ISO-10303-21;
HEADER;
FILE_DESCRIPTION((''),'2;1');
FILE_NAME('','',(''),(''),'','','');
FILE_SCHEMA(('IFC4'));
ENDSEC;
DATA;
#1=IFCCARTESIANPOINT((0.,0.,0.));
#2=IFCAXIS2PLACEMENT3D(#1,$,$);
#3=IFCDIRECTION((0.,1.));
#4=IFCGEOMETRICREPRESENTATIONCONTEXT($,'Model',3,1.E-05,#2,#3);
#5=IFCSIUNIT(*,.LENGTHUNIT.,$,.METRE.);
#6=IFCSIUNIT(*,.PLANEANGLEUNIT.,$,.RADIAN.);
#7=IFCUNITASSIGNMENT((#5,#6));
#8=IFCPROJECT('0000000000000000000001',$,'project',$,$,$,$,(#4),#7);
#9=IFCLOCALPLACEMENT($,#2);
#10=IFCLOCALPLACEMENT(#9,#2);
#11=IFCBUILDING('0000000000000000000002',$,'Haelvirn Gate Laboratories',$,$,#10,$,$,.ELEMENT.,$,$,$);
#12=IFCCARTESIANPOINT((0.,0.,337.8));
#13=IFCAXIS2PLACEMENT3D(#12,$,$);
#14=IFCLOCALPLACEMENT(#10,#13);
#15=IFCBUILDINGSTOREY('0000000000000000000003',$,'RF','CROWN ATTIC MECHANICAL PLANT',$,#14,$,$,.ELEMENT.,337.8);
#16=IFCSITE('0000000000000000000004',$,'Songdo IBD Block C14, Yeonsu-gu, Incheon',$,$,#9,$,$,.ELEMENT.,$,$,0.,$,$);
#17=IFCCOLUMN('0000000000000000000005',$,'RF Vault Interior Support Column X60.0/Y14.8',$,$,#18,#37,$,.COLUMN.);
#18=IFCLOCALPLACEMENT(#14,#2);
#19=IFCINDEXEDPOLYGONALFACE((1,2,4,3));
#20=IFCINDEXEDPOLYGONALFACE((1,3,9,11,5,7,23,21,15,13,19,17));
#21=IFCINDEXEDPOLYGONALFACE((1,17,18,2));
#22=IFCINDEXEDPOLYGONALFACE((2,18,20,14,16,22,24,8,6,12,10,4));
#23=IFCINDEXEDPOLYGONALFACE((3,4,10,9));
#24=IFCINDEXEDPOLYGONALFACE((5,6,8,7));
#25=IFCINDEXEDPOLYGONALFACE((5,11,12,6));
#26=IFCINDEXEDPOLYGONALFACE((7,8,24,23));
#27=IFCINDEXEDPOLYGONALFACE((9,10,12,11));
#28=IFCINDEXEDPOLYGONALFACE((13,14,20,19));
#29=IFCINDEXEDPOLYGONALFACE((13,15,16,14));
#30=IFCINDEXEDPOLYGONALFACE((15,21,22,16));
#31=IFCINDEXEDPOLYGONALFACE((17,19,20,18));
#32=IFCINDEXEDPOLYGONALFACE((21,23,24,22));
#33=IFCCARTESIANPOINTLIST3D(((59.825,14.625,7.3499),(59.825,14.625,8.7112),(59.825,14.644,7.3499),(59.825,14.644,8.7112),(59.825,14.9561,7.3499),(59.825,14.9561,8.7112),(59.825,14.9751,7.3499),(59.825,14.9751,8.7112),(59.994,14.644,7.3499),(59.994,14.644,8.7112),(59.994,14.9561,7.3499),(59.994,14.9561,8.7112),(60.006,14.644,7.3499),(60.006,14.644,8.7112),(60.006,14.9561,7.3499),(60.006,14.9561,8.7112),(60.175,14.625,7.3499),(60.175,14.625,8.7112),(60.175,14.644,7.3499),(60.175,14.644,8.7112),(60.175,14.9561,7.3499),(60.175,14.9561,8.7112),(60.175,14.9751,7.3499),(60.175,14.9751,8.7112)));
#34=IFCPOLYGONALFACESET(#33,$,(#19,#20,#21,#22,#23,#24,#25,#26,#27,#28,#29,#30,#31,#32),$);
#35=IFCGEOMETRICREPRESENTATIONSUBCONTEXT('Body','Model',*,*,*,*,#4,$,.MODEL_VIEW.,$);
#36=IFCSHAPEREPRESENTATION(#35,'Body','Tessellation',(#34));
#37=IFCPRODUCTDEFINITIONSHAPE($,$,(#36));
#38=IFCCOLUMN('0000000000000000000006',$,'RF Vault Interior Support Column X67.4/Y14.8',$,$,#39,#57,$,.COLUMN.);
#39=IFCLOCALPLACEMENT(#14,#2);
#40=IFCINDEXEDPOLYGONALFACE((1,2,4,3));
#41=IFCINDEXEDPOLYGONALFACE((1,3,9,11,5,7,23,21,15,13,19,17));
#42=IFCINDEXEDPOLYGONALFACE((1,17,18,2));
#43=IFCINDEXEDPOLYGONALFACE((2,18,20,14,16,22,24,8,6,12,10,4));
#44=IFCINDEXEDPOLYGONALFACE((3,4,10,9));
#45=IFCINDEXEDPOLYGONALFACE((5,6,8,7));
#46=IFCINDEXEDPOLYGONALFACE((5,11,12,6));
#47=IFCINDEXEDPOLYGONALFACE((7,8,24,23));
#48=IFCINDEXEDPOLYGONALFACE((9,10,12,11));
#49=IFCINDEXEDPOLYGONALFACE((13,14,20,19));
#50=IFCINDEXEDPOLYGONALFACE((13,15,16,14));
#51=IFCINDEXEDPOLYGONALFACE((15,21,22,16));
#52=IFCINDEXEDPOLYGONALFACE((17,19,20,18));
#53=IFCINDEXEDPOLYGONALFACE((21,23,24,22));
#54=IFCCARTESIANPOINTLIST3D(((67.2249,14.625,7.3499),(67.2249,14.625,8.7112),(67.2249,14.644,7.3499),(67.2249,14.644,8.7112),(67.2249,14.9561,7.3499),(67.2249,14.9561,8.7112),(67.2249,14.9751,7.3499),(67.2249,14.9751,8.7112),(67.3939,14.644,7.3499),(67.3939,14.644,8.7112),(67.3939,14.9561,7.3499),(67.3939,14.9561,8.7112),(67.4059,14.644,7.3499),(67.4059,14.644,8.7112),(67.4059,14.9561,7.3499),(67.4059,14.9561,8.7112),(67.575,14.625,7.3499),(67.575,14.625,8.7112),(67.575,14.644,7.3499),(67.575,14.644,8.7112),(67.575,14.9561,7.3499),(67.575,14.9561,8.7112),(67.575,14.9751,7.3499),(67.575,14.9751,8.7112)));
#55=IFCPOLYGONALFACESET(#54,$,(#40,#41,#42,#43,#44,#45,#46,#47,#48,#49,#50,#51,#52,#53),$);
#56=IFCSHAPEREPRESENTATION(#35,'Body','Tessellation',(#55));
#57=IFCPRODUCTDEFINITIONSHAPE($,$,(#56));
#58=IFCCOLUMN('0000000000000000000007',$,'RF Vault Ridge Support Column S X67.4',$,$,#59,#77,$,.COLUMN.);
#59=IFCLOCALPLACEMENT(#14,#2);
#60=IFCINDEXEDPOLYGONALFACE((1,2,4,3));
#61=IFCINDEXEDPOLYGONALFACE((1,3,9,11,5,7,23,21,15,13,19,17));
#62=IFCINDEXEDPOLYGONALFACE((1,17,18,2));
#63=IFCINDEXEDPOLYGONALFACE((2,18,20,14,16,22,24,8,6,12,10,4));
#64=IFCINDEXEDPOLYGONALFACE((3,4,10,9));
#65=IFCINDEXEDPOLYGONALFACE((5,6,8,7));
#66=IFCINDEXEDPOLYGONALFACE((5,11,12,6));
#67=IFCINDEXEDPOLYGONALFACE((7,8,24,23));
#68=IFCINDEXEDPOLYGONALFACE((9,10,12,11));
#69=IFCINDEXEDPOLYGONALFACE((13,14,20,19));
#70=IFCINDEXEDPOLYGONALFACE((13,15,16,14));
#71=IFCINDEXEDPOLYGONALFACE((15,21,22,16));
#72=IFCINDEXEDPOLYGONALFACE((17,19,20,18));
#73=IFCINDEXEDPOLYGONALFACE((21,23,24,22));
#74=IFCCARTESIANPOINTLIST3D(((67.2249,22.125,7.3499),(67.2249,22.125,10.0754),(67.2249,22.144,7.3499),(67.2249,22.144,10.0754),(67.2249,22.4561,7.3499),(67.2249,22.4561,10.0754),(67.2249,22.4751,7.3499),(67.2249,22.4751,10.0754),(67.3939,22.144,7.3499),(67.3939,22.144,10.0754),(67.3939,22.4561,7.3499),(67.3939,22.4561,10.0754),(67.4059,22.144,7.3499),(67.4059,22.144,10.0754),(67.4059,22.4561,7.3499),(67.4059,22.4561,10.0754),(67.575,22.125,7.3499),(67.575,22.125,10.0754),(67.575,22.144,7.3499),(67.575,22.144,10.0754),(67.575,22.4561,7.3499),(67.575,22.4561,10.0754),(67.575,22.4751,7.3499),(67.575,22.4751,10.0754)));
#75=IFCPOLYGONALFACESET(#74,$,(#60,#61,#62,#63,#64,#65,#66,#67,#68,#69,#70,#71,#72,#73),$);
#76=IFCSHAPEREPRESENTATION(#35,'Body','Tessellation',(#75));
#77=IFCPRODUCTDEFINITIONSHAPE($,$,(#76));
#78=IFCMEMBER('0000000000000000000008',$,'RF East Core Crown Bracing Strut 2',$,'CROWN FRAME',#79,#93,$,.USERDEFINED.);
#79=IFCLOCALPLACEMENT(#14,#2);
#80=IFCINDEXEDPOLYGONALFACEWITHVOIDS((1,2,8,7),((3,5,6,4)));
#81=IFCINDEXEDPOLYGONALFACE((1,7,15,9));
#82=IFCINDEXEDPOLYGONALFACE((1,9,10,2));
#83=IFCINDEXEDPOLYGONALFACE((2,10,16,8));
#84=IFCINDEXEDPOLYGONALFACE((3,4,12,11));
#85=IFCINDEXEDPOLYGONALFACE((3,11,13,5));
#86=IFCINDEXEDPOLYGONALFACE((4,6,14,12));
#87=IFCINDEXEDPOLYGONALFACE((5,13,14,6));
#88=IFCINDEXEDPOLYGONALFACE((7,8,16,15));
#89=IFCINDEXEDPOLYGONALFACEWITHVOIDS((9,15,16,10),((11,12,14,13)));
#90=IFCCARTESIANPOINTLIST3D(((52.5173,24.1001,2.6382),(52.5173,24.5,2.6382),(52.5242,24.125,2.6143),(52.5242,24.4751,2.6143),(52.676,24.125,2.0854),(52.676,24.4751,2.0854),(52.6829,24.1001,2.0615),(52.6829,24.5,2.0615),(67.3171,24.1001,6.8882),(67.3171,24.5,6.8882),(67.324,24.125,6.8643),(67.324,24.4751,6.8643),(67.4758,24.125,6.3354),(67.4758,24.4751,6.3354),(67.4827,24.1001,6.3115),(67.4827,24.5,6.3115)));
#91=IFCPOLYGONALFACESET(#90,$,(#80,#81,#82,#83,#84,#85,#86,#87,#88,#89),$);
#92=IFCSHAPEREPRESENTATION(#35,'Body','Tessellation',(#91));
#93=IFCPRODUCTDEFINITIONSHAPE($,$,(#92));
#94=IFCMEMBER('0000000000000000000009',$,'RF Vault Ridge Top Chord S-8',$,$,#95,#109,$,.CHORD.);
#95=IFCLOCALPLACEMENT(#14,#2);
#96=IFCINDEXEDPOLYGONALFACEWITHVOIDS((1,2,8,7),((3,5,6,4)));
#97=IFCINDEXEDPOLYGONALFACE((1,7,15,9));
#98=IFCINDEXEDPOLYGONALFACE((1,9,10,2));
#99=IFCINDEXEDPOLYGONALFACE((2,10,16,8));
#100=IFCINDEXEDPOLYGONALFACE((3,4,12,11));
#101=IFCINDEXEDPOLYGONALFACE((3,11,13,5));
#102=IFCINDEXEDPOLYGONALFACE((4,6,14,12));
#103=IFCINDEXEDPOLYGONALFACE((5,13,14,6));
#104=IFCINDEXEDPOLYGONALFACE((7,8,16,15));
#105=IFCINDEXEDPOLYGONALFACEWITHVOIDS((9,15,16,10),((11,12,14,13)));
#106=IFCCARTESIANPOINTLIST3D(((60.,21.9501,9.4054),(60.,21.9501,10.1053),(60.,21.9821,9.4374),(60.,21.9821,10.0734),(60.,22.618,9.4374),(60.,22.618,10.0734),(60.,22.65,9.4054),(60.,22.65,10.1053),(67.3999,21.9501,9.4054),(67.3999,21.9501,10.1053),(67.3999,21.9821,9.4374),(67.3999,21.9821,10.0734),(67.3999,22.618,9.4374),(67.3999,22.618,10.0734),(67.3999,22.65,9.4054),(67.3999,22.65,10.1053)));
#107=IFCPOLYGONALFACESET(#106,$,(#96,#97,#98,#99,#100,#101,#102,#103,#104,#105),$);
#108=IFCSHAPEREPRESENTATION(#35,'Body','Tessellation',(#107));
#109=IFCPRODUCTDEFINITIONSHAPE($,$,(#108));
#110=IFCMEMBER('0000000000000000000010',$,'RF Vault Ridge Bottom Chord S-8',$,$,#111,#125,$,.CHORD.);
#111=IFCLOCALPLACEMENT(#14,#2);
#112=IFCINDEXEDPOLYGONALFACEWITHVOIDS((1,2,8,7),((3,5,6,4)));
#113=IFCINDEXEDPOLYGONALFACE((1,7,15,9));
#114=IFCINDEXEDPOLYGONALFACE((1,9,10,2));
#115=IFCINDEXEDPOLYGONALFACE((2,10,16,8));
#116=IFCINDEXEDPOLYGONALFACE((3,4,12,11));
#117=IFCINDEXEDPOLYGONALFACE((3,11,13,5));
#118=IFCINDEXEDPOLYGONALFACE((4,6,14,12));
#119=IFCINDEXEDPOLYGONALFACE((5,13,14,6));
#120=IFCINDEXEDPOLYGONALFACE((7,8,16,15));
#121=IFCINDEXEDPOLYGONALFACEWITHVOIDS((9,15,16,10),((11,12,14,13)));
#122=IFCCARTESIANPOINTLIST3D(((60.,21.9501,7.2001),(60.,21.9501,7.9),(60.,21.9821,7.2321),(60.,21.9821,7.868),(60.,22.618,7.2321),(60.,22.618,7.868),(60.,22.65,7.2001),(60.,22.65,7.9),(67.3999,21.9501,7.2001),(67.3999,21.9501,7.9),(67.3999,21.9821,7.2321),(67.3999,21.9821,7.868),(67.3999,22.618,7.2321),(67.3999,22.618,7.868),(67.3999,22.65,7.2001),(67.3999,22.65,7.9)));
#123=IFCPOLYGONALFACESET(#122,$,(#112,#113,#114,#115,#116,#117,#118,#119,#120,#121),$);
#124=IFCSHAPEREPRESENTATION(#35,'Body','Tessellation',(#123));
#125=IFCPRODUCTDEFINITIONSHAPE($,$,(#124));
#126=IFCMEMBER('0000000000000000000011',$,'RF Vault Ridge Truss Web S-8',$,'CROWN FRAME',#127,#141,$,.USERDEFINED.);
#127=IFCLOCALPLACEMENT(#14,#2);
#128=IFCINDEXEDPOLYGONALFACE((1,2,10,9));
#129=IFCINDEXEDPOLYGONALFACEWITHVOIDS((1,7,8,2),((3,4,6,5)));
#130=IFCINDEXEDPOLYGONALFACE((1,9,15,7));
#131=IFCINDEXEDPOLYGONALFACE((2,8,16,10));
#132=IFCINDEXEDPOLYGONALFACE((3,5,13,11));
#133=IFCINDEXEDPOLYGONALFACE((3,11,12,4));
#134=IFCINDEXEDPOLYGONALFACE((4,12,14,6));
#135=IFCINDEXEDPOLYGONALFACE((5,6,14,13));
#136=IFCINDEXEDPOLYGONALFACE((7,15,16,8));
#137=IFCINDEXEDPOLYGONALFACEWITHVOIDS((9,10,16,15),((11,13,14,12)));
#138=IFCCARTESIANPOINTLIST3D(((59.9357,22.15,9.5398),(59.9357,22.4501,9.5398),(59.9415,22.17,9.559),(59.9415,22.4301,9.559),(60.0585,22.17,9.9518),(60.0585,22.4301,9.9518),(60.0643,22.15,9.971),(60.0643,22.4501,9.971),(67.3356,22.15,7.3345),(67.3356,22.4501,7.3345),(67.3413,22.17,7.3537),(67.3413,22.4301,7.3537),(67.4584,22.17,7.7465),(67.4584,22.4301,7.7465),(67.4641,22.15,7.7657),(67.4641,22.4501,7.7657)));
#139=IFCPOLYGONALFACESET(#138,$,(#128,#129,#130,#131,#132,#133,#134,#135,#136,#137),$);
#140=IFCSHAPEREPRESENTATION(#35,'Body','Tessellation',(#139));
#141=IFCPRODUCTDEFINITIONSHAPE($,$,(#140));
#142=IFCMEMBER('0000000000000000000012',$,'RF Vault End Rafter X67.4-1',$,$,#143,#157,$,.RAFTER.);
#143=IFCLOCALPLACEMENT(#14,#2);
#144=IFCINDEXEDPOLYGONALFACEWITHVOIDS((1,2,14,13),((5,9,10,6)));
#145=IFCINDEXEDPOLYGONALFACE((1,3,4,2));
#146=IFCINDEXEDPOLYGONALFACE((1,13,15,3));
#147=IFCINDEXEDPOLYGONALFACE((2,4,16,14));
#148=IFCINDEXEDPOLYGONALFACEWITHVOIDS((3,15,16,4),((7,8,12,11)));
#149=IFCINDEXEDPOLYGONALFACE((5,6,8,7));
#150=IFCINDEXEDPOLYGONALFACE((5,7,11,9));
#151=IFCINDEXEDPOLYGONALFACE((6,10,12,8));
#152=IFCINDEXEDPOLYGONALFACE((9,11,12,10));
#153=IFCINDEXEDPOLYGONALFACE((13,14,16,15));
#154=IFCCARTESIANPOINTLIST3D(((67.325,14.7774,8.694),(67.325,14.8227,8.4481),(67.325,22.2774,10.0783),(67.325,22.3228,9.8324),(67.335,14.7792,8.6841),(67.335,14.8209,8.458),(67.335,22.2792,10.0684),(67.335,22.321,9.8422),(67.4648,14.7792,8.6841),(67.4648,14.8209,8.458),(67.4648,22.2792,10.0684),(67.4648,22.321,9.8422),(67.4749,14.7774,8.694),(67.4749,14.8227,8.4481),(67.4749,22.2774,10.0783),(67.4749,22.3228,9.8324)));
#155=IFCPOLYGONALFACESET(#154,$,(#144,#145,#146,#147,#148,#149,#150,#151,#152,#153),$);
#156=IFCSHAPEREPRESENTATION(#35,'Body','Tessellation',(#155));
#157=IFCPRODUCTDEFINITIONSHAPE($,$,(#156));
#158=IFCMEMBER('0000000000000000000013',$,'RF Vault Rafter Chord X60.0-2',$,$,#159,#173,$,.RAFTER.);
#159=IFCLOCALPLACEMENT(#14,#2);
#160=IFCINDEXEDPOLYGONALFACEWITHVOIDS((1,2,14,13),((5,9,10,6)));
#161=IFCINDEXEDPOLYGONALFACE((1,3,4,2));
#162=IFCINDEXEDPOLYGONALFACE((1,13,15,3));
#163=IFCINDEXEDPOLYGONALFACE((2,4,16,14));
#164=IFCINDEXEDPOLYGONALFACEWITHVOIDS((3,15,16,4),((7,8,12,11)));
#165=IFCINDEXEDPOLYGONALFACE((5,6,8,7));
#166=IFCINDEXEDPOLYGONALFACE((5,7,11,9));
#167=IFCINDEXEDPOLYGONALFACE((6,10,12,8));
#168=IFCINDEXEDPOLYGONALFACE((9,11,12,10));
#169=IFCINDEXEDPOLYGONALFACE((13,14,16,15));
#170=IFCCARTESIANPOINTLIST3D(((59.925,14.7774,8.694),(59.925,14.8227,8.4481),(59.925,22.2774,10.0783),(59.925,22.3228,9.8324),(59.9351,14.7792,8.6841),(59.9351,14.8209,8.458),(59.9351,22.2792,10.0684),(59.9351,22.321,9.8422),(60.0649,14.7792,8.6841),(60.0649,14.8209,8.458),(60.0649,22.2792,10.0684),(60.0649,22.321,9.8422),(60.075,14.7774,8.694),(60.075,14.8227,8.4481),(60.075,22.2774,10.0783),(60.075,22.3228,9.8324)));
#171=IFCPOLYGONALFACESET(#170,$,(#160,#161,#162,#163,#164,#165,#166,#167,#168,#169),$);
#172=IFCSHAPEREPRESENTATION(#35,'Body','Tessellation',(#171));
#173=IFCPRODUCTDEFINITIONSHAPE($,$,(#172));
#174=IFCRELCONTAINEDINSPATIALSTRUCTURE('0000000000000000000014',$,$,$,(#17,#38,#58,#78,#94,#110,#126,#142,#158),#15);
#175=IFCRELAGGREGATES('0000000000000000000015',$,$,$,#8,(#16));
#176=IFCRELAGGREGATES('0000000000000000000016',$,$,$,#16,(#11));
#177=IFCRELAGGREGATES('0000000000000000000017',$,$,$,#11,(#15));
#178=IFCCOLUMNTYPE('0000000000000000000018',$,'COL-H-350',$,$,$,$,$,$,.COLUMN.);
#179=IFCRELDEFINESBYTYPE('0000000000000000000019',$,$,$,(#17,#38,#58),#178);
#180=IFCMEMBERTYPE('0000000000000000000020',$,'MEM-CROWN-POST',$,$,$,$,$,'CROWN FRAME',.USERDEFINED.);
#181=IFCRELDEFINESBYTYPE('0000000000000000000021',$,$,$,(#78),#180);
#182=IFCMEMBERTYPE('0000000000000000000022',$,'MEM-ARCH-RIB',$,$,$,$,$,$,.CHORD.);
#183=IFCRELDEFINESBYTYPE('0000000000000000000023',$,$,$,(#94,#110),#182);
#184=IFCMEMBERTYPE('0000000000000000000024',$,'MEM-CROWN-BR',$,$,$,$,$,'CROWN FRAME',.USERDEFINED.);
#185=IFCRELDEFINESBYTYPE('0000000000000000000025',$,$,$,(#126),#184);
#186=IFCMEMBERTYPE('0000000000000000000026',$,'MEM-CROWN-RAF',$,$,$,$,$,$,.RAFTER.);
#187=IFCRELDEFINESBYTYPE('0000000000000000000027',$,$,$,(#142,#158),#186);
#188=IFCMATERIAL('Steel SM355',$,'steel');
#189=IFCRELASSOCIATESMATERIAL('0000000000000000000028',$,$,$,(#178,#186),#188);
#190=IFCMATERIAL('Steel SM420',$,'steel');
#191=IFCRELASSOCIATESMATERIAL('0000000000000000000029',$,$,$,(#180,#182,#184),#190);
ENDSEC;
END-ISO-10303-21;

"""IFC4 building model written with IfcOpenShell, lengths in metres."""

from ifc_helpers import new_model, si_unit, direction, frame, origin, origin_2d, place, context, subcontext, project, spatial, hollow_rectangle, i_section, extrude, source, transform, mapped, material, material_profile, profile_set, type_object, type_shapes, element, save


model = new_model("IFC4")

# Units and contexts
model_context = context("Model", 3, precision=1e-05, world=origin(), true_north=direction((0.0, 1.0)))
body_context = subcontext(model_context, "Body", "Model", "MODEL_VIEW")
ifc_project = project(units=[si_unit("LENGTHUNIT", "METRE"), si_unit("PLANEANGLEUNIT", "RADIAN")], contexts=[model_context])

# Site, building, storey
site_placement = place(None, origin())
site = spatial("IfcSite", under=ifc_project, at=site_placement, Name="Songdo IBD Block C14, Yeonsu-gu, Incheon", CompositionType="ELEMENT", RefElevation=0.0)
building_placement = place(site_placement, origin())
building = spatial("IfcBuilding", under=site, at=building_placement, Name="Haelvirn Gate Laboratories", CompositionType="ELEMENT")
storey_placement = place(building_placement, frame((0.0, 0.0, 337.8)))
storey = spatial("IfcBuildingStorey", under=building, at=storey_placement, Name="RF", Description="CROWN ATTIC MECHANICAL PLANT", CompositionType="ELEMENT", Elevation=337.8)

# Columns
ifc_material_1 = material(Name="Steel SM355", Category="steel")
ifc_material_profile_1 = material_profile(ifc_material_1, i_section(OverallWidth=0.3501, OverallDepth=0.3501, WebThickness=0.012, FlangeThickness=0.019, at=origin_2d()), Name="H-350x350x12x19")
ifc_profile_set_1 = profile_set([ifc_material_profile_1], Name="Steel SM355")
column_type = type_object("IfcColumnType", Name="COL-H-350", PredefinedType="COLUMN", material=ifc_profile_set_1)
shared_shape_1 = source(origin(), body_context, "Body", "SweptSolid", [
    extrude(i_section(OverallWidth=0.3501, OverallDepth=0.3501, WebThickness=0.012, FlangeThickness=0.019, at=origin_2d()), origin(), (0.0, 0.0, 1.0), 1.3613),
])
for number, where, z_axis, x_axis, name in (
    (1, (60.0, 14.8, 7.3499), (0.0, 0.0, 1.0), (1.0, 0.0, 0.0), "RF Vault Interior Support Column X60.0/Y14.8"),
    (2, (67.3999, 14.8, 7.3499), (0.0, 0.0, 1.0), (1.0, 0.0, 0.0), "RF Vault Interior Support Column X67.4/Y14.8"),
):
    element("IfcColumn", number, at=place(storey_placement, frame(where, z_axis=z_axis, x_axis=x_axis)), inside=storey, type_object=column_type, Name=name, PredefinedType="COLUMN", context=body_context, shape_type="MappedRepresentation", body=[
        mapped(shared_shape_1, transform((0.0, 0.0, 0.0), scale=1.0)),
    ])
shared_shape_2 = source(origin(), body_context, "Body", "SweptSolid", [
    extrude(i_section(OverallWidth=0.3501, OverallDepth=0.3501, WebThickness=0.012, FlangeThickness=0.019, at=origin_2d()), origin(), (0.0, 0.0, 1.0), 2.7256),
])
type_shapes(column_type, [shared_shape_1, shared_shape_2])
column_placement = place(storey_placement, frame((67.3999, 22.3, 7.3499), z_axis=(0.0, 0.0, 1.0), x_axis=(1.0, 0.0, 0.0)))
element("IfcColumn", 3, at=column_placement, inside=storey, type_object=column_type, Name="RF Vault Ridge Support Column S X67.4", PredefinedType="COLUMN", context=body_context, shape_type="MappedRepresentation", body=[
    mapped(shared_shape_2, transform((0.0, 0.0, 0.0), scale=1.0)),
])

# Members
ifc_material_2 = material(Name="Steel SM420", Category="steel")
ifc_material_profile_2 = material_profile(ifc_material_2, hollow_rectangle(XDim=0.3999, YDim=0.6001, WallThickness=0.0249, at=origin_2d()), Name="BOX-600x400x25")
ifc_profile_set_2 = profile_set([ifc_material_profile_2], Name="Steel SM420")
member_type_1 = type_object("IfcMemberType", Name="MEM-CROWN-POST", ElementType="CROWN FRAME", PredefinedType="USERDEFINED", material=ifc_profile_set_2)
shared_shape_3 = source(origin(), body_context, "Body", "SweptSolid", [
    extrude(hollow_rectangle(XDim=0.3999, YDim=0.6001, WallThickness=0.0249, at=origin_2d()), origin(), (0.0, 0.0, 1.0), 15.3979),
])
type_shapes(member_type_1, [shared_shape_3])
member_1_placement = place(storey_placement, frame((52.6001, 24.3, 2.3499), z_axis=(0.961155, 0.0, 0.276011), x_axis=(0.0, 1.0, 0.0)))
element("IfcMember", 4, at=member_1_placement, inside=storey, type_object=member_type_1, Name="RF East Core Crown Bracing Strut 2", ObjectType="CROWN FRAME", PredefinedType="USERDEFINED", context=body_context, shape_type="MappedRepresentation", body=[
    mapped(shared_shape_3, transform((0.0, 0.0, 0.0), scale=1.0)),
])
ifc_material_profile_3 = material_profile(ifc_material_2, hollow_rectangle(XDim=0.7, YDim=0.7, WallThickness=0.032, at=origin_2d()), Name="BOX-700x700x32")
ifc_profile_set_3 = profile_set([ifc_material_profile_3], Name="Steel SM420")
member_type_2 = type_object("IfcMemberType", Name="MEM-ARCH-RIB", PredefinedType="CHORD", material=ifc_profile_set_3)
shared_shape_4 = source(origin(), body_context, "Body", "SweptSolid", [
    extrude(hollow_rectangle(XDim=0.7, YDim=0.7, WallThickness=0.032, at=origin_2d()), origin(), (0.0, 0.0, 1.0), 7.3999),
])
type_shapes(member_type_2, [shared_shape_4])
for number, where, z_axis, x_axis, name in (
    (5, (60.0, 22.3, 9.7554), (1.0, 0.0, 0.0), (0.0, 1.0, 0.0), "RF Vault Ridge Top Chord S-8"),
    (6, (60.0, 22.3, 7.55), (1.0, 0.0, 0.0), (0.0, 1.0, 0.0), "RF Vault Ridge Bottom Chord S-8"),
):
    element("IfcMember", number, at=place(storey_placement, frame(where, z_axis=z_axis, x_axis=x_axis)), inside=storey, type_object=member_type_2, Name=name, PredefinedType="CHORD", context=body_context, shape_type="MappedRepresentation", body=[
        mapped(shared_shape_4, transform((0.0, 0.0, 0.0), scale=1.0)),
    ])
ifc_material_profile_4 = material_profile(ifc_material_2, hollow_rectangle(XDim=0.3, YDim=0.45, WallThickness=0.02, at=origin_2d()), Name="BOX-450x300x20")
ifc_profile_set_4 = profile_set([ifc_material_profile_4], Name="Steel SM420")
member_type_3 = type_object("IfcMemberType", Name="MEM-CROWN-BR", ElementType="CROWN FRAME", PredefinedType="USERDEFINED", material=ifc_profile_set_4)
shared_shape_5 = source(origin(), body_context, "Body", "SweptSolid", [
    extrude(hollow_rectangle(XDim=0.3, YDim=0.45, WallThickness=0.02, at=origin_2d()), origin(), (0.0, 0.0, 1.0), 7.7214),
])
type_shapes(member_type_3, [shared_shape_5])
member_2_placement = place(storey_placement, frame((60.0, 22.3, 9.7554), z_axis=(0.958347, 0.0, -0.285607), x_axis=(0.0, 1.0, 0.0)))
element("IfcMember", 7, at=member_2_placement, inside=storey, type_object=member_type_3, Name="RF Vault Ridge Truss Web S-8", ObjectType="CROWN FRAME", PredefinedType="USERDEFINED", context=body_context, shape_type="MappedRepresentation", body=[
    mapped(shared_shape_5, transform((0.0, 0.0, 0.0), scale=1.0)),
])
ifc_material_profile_5 = material_profile(ifc_material_1, hollow_rectangle(XDim=0.1499, YDim=0.25, WallThickness=0.01, at=origin_2d()), Name="RHS-250x150x10")
ifc_profile_set_5 = profile_set([ifc_material_profile_5], Name="Steel SM355")
member_type_4 = type_object("IfcMemberType", Name="MEM-CROWN-RAF", PredefinedType="RAFTER", material=ifc_profile_set_5)
shared_shape_6 = source(origin(), body_context, "Body", "SweptSolid", [
    extrude(hollow_rectangle(XDim=0.1499, YDim=0.25, WallThickness=0.01, at=origin_2d()), origin(), (0.0, 0.0, 1.0), 7.6267),
])
for number, where, z_axis, x_axis, name in (
    (8, (67.3999, 14.8, 8.571), (0.0, 0.98339, 0.181505), (-1.0, 0.0, 0.0), "RF Vault End Rafter X67.4-1"),
    (9, (60.0, 14.8, 8.571), (0.0, 0.98339, 0.181505), (-1.0, 0.0, 0.0), "RF Vault Rafter Chord X60.0-2"),
):
    element("IfcMember", number, at=place(storey_placement, frame(where, z_axis=z_axis, x_axis=x_axis)), inside=storey, type_object=member_type_4, Name=name, PredefinedType="RAFTER", context=body_context, shape_type="MappedRepresentation", body=[
        mapped(shared_shape_6, transform((0.0, 0.0, 0.0), scale=1.0)),
    ])

save(model, "model.ifc")
